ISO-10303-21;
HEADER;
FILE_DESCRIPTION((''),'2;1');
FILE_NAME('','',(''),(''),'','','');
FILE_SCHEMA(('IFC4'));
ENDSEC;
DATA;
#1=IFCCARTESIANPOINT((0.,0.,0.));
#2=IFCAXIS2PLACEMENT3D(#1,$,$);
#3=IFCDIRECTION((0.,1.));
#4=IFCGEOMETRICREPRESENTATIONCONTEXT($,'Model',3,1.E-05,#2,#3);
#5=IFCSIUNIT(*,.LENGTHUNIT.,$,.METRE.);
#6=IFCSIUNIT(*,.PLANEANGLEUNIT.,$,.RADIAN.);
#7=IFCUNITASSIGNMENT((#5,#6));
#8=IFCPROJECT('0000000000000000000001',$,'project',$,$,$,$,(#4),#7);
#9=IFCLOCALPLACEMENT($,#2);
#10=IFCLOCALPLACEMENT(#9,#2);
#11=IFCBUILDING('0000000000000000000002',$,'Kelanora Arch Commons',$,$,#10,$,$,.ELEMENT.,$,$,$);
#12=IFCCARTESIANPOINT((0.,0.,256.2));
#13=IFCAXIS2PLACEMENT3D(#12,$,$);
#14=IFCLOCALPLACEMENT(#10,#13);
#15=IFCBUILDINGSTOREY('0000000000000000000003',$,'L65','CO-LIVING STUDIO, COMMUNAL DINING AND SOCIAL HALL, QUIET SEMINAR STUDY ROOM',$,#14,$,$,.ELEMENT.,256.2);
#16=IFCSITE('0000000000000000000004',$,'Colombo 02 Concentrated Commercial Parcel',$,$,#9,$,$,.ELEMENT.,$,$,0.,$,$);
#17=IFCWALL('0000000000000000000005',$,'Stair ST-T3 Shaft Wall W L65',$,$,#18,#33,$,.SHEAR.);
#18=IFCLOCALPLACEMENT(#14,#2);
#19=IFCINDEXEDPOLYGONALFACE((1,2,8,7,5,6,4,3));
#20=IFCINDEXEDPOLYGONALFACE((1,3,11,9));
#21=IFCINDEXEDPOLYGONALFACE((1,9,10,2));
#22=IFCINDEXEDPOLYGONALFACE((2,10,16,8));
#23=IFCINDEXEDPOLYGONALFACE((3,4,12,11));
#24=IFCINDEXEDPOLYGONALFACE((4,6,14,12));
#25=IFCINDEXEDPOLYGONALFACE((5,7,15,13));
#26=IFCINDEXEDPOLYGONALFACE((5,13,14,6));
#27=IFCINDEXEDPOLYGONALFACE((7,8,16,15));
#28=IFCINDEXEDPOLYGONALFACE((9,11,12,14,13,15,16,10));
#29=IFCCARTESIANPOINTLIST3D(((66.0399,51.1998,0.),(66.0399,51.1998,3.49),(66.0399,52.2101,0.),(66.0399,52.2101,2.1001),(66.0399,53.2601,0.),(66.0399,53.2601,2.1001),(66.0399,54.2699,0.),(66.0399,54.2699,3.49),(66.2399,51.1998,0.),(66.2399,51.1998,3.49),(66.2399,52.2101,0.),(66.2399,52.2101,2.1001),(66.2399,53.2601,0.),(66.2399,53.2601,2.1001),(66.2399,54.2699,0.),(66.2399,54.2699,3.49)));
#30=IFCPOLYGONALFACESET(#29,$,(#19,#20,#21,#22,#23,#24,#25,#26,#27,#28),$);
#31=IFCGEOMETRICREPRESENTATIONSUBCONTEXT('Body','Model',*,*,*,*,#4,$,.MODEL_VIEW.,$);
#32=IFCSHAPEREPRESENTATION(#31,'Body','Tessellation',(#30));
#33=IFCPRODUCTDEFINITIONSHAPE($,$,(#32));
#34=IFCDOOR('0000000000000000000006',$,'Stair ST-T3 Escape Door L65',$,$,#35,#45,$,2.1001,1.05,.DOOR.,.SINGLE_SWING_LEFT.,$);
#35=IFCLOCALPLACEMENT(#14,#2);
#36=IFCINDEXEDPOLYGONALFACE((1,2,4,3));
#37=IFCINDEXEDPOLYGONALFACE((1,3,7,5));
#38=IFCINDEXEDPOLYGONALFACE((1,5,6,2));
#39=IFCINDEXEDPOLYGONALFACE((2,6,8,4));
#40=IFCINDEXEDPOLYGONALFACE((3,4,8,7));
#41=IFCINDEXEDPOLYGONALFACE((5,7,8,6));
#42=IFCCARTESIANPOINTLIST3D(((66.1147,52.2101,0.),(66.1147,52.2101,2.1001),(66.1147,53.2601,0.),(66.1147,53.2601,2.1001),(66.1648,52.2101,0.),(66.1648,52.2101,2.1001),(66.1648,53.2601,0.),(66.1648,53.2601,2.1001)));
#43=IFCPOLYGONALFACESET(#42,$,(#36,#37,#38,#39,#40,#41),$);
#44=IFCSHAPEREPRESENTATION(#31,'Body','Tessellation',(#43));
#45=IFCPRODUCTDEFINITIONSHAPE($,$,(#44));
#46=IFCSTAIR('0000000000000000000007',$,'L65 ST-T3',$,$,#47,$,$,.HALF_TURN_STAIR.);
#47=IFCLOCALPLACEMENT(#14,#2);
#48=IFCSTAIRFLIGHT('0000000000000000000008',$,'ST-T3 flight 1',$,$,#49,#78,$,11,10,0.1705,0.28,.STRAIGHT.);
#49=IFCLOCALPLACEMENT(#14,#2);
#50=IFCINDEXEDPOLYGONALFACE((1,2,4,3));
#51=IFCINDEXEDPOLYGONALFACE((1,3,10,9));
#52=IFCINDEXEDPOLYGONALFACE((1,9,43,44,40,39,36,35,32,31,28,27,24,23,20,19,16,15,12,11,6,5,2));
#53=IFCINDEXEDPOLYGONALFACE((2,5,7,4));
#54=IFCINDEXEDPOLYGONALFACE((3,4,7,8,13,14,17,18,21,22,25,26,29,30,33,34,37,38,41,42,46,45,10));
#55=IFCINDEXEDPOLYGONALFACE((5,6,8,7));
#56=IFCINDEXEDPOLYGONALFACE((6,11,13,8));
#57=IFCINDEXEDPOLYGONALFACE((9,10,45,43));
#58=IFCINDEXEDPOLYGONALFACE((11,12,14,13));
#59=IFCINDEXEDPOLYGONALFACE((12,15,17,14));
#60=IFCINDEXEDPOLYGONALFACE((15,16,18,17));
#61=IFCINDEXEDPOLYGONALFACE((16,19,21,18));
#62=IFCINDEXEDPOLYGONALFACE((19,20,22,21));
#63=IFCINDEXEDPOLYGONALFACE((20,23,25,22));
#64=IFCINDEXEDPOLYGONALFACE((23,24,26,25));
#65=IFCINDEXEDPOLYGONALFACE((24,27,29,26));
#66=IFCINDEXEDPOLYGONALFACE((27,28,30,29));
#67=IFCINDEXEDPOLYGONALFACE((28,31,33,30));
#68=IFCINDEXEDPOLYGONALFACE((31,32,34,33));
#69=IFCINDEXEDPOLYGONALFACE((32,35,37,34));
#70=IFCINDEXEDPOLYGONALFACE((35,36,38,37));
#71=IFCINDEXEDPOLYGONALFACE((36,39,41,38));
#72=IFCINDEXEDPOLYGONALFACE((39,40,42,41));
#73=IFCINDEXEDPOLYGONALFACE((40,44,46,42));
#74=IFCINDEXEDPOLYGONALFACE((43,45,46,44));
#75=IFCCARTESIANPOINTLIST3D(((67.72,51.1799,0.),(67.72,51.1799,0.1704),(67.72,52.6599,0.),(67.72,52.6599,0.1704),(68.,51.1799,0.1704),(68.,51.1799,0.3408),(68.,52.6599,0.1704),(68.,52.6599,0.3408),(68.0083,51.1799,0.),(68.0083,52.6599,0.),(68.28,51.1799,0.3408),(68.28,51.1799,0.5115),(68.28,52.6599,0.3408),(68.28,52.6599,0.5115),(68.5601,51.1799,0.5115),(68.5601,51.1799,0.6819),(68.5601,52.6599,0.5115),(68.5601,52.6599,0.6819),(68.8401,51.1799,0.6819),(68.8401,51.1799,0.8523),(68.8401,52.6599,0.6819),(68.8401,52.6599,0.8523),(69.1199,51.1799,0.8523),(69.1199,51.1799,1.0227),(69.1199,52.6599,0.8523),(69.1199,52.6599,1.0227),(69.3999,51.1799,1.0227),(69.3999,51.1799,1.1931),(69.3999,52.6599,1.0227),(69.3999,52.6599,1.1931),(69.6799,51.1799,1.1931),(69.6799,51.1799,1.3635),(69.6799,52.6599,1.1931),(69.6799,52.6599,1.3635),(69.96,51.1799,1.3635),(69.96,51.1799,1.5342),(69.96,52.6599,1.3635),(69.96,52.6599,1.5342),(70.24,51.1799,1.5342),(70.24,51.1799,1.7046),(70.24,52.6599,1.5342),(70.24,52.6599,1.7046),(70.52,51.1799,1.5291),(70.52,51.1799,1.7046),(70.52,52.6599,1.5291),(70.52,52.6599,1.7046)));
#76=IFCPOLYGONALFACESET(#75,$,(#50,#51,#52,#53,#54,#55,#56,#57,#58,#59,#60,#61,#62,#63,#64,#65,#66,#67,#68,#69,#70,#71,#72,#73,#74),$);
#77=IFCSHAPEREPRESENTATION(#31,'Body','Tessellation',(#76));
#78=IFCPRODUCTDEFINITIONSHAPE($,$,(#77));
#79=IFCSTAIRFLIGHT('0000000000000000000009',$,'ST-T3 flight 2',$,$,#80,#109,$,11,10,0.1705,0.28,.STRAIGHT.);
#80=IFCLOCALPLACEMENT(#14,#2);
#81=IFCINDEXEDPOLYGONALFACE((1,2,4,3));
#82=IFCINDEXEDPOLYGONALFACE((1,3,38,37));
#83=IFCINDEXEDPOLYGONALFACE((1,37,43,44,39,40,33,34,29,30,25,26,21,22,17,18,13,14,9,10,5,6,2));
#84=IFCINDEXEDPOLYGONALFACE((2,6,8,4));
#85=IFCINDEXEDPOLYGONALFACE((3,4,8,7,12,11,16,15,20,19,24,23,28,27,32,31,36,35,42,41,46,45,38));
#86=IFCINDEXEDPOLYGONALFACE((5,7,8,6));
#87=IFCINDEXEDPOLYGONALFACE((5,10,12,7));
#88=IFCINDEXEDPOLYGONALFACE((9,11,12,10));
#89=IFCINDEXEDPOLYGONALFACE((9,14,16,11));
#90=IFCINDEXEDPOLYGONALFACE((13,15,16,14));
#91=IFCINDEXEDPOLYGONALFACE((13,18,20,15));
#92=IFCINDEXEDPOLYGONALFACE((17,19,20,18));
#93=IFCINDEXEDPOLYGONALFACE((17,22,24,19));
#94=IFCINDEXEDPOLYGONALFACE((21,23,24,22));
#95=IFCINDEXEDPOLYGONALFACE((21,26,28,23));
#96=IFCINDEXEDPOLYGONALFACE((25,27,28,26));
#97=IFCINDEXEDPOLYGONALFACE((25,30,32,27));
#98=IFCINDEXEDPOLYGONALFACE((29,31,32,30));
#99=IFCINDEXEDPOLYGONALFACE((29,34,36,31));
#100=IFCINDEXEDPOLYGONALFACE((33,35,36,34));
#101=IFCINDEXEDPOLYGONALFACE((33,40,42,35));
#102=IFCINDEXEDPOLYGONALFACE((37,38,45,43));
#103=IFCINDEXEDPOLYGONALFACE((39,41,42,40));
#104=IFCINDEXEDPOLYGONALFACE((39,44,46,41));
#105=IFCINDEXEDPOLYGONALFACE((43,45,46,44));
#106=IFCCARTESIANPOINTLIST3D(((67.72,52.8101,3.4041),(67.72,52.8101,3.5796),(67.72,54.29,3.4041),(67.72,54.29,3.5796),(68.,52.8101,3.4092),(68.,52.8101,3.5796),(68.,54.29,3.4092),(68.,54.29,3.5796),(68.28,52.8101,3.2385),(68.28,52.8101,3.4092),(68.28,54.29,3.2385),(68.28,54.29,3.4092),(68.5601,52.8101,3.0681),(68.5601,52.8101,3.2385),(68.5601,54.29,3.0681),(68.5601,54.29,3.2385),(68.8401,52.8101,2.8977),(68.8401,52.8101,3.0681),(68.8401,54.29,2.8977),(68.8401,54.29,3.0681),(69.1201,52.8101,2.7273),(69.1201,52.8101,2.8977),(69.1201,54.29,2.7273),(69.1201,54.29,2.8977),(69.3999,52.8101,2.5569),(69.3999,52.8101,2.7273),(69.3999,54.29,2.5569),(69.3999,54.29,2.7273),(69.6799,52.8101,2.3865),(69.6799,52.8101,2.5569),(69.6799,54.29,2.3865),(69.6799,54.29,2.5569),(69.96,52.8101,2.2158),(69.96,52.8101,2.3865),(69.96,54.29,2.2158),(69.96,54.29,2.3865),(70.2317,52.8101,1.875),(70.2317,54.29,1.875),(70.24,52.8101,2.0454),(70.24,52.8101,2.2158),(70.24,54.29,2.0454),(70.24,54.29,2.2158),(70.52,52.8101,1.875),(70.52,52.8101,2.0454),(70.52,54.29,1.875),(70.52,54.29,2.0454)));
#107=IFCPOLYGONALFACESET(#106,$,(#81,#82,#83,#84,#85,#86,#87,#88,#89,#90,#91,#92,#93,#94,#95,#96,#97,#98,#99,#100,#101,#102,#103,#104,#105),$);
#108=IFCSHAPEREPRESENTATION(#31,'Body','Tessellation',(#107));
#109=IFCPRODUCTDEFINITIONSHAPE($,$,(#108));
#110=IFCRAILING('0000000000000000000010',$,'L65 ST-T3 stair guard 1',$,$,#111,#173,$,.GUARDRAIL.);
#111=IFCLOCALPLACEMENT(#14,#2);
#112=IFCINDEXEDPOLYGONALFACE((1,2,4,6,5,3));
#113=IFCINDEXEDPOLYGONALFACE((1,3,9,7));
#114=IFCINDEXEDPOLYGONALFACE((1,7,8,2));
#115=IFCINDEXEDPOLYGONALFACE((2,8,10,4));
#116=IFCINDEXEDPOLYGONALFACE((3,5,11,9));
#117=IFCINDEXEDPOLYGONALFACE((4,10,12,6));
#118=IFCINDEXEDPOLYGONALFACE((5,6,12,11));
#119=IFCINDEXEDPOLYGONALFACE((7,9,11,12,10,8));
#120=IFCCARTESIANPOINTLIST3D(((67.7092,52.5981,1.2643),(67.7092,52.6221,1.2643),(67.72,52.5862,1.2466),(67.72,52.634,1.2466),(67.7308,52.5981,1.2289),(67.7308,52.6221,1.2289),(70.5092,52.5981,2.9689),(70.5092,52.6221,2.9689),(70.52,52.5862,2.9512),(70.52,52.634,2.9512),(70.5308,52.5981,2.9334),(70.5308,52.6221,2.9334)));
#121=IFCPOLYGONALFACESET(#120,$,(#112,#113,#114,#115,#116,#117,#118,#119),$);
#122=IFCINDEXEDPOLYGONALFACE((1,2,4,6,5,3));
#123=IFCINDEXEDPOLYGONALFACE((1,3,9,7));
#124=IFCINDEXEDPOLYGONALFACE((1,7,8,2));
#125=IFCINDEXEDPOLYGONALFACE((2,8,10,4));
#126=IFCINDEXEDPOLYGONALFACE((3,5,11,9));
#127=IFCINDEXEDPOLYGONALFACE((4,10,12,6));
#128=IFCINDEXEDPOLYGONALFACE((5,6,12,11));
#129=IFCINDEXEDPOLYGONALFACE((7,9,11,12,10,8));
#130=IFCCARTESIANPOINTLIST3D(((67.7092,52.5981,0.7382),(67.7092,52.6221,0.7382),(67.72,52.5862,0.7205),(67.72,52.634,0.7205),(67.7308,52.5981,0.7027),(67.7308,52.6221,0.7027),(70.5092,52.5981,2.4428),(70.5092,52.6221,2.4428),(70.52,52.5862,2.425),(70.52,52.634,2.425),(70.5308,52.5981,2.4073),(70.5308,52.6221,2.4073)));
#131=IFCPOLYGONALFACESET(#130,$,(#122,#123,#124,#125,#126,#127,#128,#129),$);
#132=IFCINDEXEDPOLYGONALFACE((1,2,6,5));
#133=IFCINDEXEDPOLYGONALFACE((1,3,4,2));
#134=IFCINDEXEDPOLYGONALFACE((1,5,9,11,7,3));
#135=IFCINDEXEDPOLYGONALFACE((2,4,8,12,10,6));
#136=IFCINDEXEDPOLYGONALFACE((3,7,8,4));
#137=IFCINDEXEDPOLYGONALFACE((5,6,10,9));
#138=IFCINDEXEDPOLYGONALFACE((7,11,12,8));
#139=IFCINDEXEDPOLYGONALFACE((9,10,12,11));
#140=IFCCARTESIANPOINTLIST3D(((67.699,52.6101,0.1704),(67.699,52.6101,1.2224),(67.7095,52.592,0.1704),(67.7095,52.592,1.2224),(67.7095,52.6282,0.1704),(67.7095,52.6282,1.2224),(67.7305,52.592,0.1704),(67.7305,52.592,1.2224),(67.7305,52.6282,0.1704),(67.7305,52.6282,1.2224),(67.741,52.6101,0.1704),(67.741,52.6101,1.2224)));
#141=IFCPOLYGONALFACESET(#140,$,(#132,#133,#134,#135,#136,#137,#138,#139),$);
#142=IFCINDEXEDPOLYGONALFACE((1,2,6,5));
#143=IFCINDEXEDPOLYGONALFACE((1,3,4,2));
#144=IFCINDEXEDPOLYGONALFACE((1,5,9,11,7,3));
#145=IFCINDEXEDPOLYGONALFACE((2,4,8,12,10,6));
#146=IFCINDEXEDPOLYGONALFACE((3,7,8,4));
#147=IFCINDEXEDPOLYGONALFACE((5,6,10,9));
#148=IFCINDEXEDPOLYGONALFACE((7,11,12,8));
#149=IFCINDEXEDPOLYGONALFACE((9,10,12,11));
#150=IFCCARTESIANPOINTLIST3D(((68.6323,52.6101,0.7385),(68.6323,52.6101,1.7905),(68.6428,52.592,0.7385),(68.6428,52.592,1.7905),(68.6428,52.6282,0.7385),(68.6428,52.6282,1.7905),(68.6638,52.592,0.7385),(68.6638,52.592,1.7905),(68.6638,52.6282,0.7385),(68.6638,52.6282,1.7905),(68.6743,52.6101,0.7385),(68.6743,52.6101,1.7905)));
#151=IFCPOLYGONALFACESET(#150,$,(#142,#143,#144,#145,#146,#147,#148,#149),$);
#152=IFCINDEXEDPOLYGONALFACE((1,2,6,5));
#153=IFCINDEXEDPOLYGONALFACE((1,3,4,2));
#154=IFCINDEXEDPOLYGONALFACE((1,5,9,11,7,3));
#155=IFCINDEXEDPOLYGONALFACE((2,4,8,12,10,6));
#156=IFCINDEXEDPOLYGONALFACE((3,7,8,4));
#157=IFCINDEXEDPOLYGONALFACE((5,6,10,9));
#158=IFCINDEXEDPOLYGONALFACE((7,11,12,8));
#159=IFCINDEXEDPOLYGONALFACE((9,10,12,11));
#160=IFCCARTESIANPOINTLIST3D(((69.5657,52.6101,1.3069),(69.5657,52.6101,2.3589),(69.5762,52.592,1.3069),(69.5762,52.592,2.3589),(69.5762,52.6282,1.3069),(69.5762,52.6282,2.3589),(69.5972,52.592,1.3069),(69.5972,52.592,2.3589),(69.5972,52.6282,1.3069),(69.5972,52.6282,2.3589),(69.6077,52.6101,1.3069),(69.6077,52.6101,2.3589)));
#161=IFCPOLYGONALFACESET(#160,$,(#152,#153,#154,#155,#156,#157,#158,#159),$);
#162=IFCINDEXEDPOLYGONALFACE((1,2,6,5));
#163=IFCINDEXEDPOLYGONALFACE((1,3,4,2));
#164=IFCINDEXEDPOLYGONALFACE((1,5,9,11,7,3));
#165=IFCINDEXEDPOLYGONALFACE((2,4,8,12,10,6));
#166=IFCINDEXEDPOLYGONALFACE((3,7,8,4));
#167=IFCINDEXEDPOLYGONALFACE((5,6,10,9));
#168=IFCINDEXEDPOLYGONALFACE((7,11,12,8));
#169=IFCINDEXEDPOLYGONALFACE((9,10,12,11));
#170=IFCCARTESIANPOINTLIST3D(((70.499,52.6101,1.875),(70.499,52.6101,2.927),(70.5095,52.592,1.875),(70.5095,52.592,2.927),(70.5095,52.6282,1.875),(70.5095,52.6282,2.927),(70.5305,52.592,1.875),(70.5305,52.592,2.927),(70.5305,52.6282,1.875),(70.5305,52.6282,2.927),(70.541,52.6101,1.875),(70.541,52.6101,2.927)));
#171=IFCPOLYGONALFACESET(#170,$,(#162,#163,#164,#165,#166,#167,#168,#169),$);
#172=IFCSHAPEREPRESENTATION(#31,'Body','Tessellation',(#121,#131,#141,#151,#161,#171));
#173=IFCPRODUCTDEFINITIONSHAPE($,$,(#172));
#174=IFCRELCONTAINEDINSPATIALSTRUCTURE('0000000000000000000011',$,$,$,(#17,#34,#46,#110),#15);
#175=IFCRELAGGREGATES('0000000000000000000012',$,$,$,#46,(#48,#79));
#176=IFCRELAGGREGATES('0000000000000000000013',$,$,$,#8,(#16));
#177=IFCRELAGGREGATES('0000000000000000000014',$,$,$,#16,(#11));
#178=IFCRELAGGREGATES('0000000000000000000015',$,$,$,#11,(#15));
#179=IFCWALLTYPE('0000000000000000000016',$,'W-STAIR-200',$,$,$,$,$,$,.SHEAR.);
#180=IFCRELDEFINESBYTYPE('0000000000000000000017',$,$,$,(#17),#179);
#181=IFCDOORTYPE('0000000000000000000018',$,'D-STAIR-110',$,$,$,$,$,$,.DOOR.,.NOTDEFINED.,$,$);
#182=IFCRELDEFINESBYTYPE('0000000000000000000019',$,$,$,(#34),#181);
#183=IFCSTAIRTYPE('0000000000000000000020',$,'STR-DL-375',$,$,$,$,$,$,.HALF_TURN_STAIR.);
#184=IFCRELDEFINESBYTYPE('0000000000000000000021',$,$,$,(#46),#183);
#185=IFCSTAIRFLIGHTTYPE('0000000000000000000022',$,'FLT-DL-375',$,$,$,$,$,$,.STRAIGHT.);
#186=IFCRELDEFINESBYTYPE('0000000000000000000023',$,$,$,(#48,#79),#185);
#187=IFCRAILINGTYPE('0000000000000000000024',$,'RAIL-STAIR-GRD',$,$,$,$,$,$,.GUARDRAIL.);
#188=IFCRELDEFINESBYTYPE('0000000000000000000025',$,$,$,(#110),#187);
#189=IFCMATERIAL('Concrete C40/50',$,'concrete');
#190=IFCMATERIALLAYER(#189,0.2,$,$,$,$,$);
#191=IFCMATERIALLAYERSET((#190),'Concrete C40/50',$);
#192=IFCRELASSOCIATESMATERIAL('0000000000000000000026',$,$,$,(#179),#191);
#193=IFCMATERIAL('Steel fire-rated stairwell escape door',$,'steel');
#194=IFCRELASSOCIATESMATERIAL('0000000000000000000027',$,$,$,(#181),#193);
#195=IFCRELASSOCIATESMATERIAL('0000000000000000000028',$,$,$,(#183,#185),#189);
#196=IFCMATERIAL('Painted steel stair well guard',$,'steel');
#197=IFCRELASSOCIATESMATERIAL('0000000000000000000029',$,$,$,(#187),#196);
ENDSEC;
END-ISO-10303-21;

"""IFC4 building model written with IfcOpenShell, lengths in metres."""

from ifc_helpers import new_model, si_unit, direction, frame, frame_2d, origin, place, context, subcontext, project, spatial, polyline, rectangle, outline, extrude, material, layer, layer_set, type_object, element, fill, aggregate, save


model = new_model("IFC4")

# Units and contexts
model_context = context("Model", 3, precision=1e-05, world=origin(), true_north=direction((0.0, 1.0)))
body_context = subcontext(model_context, "Body", "Model", "MODEL_VIEW")
ifc_project = project(units=[si_unit("LENGTHUNIT", "METRE"), si_unit("PLANEANGLEUNIT", "RADIAN")], contexts=[model_context])

# Site, building, storey
site_placement = place(None, origin())
site = spatial("IfcSite", under=ifc_project, at=site_placement, Name="Colombo 02 Concentrated Commercial Parcel", CompositionType="ELEMENT", RefElevation=0.0)
building_placement = place(site_placement, origin())
building = spatial("IfcBuilding", under=site, at=building_placement, Name="Kelanora Arch Commons", CompositionType="ELEMENT")
storey_placement = place(building_placement, frame((0.0, 0.0, 256.2)))
storey = spatial("IfcBuildingStorey", under=building, at=storey_placement, Name="L65", Description="CO-LIVING STUDIO, COMMUNAL DINING AND SOCIAL HALL, QUIET SEMINAR STUDY ROOM", CompositionType="ELEMENT", Elevation=256.2)

# Shared definitions
ifc_material_1 = material(Name="Concrete C40/50", Category="concrete")

# Shared definitions
ifc_layer_1 = layer(ifc_material_1, 0.2)
ifc_layer_set_1 = layer_set([ifc_layer_1], Name="Concrete C40/50")
wall_type_1 = type_object("IfcWallType", Name="W-STAIR-200", PredefinedType="SHEAR", material=ifc_layer_set_1)

# Wall, opening, door
wall_1_placement = place(storey_placement, frame((66.1399, 54.27, 0.0), z_axis=(0.0, 0.0, 1.0), x_axis=(0.0, -1.0, 0.0)))
wall_1 = element("IfcWall", 1, at=wall_1_placement, inside=storey, type_object=wall_type_1, Name="Stair ST-T3 Shaft Wall W L65", PredefinedType="SHEAR", context=body_context, shape_type="SweptSolid", body=[
    extrude(rectangle(XDim=3.0701, YDim=0.2, at=frame_2d((1.5352, 0.0))), origin(), (0.0, 0.0, 1.0), 3.49),
])
opening_1_placement = place(wall_1_placement, frame((1.01, 0.0, 0.0)))
opening_1 = element("IfcOpeningElement", 2, at=opening_1_placement, cuts=wall_1, PredefinedType="OPENING", context=body_context, shape_type="SweptSolid", body=[
    extrude(rectangle(XDim=1.05, YDim=2.1001, at=frame_2d((0.5249, 1.05))), frame((0.0, 0.1099, 0.0), z_axis=(0.0, -1.0, 0.0), x_axis=(1.0, 0.0, 0.0)), (0.0, 0.0, 1.0), 0.22),
])
ifc_material_2 = material(Name="Steel fire-rated stairwell escape door", Category="steel")
door_type_1 = type_object("IfcDoorType", Name="D-STAIR-110", OperationType="NOTDEFINED", PredefinedType="DOOR", material=ifc_material_2)
door_1_placement = place(opening_1_placement, origin())
door_1 = element("IfcDoor", 3, at=door_1_placement, inside=storey, type_object=door_type_1, Name="Stair ST-T3 Escape Door L65", OperationType="SINGLE_SWING_LEFT", OverallHeight=2.1001, OverallWidth=1.05, PredefinedType="DOOR", context=body_context, shape_type="SweptSolid", body=[
    extrude(rectangle(XDim=1.05, YDim=2.1001, at=frame_2d((0.5249, 1.05))), frame((0.0, 0.0249, 0.0), z_axis=(0.0, -1.0, 0.0), x_axis=(1.0, 0.0, 0.0)), (0.0, 0.0, 1.0), 0.05),
])
fill(opening_1, door_1)

# Stair, stair flights
stair_type = type_object("IfcStairType", Name="STR-DL-375", PredefinedType="HALF_TURN_STAIR", material=ifc_material_1)
stair_placement = place(storey_placement, origin())
stair = element("IfcStair", 4, at=stair_placement, inside=storey, type_object=stair_type, Name="L65 ST-T3", PredefinedType="HALF_TURN_STAIR")
stair_flight_type = type_object("IfcStairFlightType", Name="FLT-DL-375", PredefinedType="STRAIGHT", material=ifc_material_1)
stair_flight_1_placement = place(storey_placement, frame((67.72, 51.9199, 0.0), z_axis=(0.0, 0.0, 1.0), x_axis=(1.0, 0.0, 0.0)))
stair_flight_1 = element("IfcStairFlight", 5, at=stair_flight_1_placement, type_object=stair_flight_type, Name="ST-T3 flight 1", NumberOfRisers=11, NumberOfTreads=10, PredefinedType="STRAIGHT", RiserHeight=0.1705, TreadLength=0.28, context=body_context, shape_type="SweptSolid", body=[
    extrude(outline(polyline([(0.0, 0.0), (0.0, 0.1704), (0.28, 0.1704), (0.28, 0.3408), (0.5601, 0.3408), (0.5601, 0.5115), (0.8401, 0.5115), (0.8401, 0.6819), (1.1201, 0.6819), (1.1201, 0.8523), (1.3999, 0.8523), (1.3999, 1.0227), (1.6799, 1.0227), (1.6799, 1.1931), (1.96, 1.1931), (1.96, 1.3635), (2.24, 1.3635), (2.24, 1.5342), (2.52, 1.5342), (2.52, 1.7046), (2.8, 1.7046), (2.8, 1.875), (2.8, 1.5291), (0.2883, 0.0), (0.0, 0.0)])), frame((0.0, 0.74, 0.0), z_axis=(0.0, -1.0, 0.0), x_axis=(1.0, 0.0, 0.0)), (0.0, 0.0, 1.0), 1.48),
])
stair_flight_2_placement = place(storey_placement, frame((70.52, 53.55, 1.875), z_axis=(0.0, 0.0, 1.0), x_axis=(-1.0, 0.0, 0.0)))
stair_flight_2 = element("IfcStairFlight", 6, at=stair_flight_2_placement, type_object=stair_flight_type, Name="ST-T3 flight 2", NumberOfRisers=11, NumberOfTreads=10, PredefinedType="STRAIGHT", RiserHeight=0.1705, TreadLength=0.28, context=body_context, shape_type="SweptSolid", body=[
    extrude(outline(polyline([(0.0, 0.0), (0.0, 0.1704), (0.28, 0.1704), (0.28, 0.3408), (0.5601, 0.3408), (0.5601, 0.5115), (0.8401, 0.5115), (0.8401, 0.6819), (1.1201, 0.6819), (1.1201, 0.8523), (1.3999, 0.8523), (1.3999, 1.0227), (1.6799, 1.0227), (1.6799, 1.1931), (1.96, 1.1931), (1.96, 1.3635), (2.24, 1.3635), (2.24, 1.5342), (2.52, 1.5342), (2.52, 1.7046), (2.8, 1.7046), (2.8, 1.875), (2.8, 1.5291), (0.2883, 0.0), (0.0, 0.0)])), frame((0.0, 0.74, 0.0), z_axis=(0.0, -1.0, 0.0), x_axis=(1.0, 0.0, 0.0)), (0.0, 0.0, 1.0), 1.48),
])
aggregate(stair, [stair_flight_1, stair_flight_2])

# Railing
ifc_material_3 = material(Name="Painted steel stair well guard", Category="steel")
railing_type_1 = type_object("IfcRailingType", Name="RAIL-STAIR-GRD", PredefinedType="GUARDRAIL", material=ifc_material_3)
railing_1_placement = place(storey_placement, frame((67.72, 52.6101, 0.1704)))
element("IfcRailing", 7, at=railing_1_placement, inside=storey, type_object=railing_type_1, Name="L65 ST-T3 stair guard 1", PredefinedType="GUARDRAIL", context=body_context, shape_type="SweptSolid", body=[
    extrude(outline(polyline([(0.0239, 0.0), (0.012, 0.0208), (-0.012, 0.0208), (-0.0239, 0.0), (-0.012, -0.0208), (0.012, -0.0208), (0.0239, 0.0)])), frame((0.0, 0.0, 1.0762), z_axis=(0.85417, 0.0, 0.519994), x_axis=(0.0, 1.0, 0.0)), (0.0, 0.0, 1.0), 3.2781),
    extrude(outline(polyline([(0.0239, 0.0), (0.012, 0.0208), (-0.012, 0.0208), (-0.0239, 0.0), (-0.012, -0.0208), (0.012, -0.0208), (0.0239, 0.0)])), frame((0.0, 0.0, 0.55), z_axis=(0.85417, 0.0, 0.519994), x_axis=(0.0, 1.0, 0.0)), (0.0, 0.0, 1.0), 3.2781),
    extrude(outline(polyline([(0.021, 0.0), (0.0105, 0.0181), (-0.0105, 0.0181), (-0.021, 0.0), (-0.0105, -0.0181), (0.0105, -0.0181), (0.021, 0.0)])), origin(), (0.0, 0.0, 1.0), 1.052),
    extrude(outline(polyline([(0.021, 0.0), (0.0105, 0.0181), (-0.0105, 0.0181), (-0.021, 0.0), (-0.0105, -0.0181), (0.0105, -0.0181), (0.021, 0.0)])), frame((0.9333, 0.0, 0.5681)), (0.0, 0.0, 1.0), 1.052),
    extrude(outline(polyline([(0.021, 0.0), (0.0105, 0.0181), (-0.0105, 0.0181), (-0.021, 0.0), (-0.0105, -0.0181), (0.0105, -0.0181), (0.021, 0.0)])), frame((1.8667, 0.0, 1.1365)), (0.0, 0.0, 1.0), 1.052),
    extrude(outline(polyline([(0.021, 0.0), (0.0105, 0.0181), (-0.0105, 0.0181), (-0.021, 0.0), (-0.0105, -0.0181), (0.0105, -0.0181), (0.021, 0.0)])), frame((2.8, 0.0, 1.7046)), (0.0, 0.0, 1.0), 1.052),
])

save(model, "model.ifc")
